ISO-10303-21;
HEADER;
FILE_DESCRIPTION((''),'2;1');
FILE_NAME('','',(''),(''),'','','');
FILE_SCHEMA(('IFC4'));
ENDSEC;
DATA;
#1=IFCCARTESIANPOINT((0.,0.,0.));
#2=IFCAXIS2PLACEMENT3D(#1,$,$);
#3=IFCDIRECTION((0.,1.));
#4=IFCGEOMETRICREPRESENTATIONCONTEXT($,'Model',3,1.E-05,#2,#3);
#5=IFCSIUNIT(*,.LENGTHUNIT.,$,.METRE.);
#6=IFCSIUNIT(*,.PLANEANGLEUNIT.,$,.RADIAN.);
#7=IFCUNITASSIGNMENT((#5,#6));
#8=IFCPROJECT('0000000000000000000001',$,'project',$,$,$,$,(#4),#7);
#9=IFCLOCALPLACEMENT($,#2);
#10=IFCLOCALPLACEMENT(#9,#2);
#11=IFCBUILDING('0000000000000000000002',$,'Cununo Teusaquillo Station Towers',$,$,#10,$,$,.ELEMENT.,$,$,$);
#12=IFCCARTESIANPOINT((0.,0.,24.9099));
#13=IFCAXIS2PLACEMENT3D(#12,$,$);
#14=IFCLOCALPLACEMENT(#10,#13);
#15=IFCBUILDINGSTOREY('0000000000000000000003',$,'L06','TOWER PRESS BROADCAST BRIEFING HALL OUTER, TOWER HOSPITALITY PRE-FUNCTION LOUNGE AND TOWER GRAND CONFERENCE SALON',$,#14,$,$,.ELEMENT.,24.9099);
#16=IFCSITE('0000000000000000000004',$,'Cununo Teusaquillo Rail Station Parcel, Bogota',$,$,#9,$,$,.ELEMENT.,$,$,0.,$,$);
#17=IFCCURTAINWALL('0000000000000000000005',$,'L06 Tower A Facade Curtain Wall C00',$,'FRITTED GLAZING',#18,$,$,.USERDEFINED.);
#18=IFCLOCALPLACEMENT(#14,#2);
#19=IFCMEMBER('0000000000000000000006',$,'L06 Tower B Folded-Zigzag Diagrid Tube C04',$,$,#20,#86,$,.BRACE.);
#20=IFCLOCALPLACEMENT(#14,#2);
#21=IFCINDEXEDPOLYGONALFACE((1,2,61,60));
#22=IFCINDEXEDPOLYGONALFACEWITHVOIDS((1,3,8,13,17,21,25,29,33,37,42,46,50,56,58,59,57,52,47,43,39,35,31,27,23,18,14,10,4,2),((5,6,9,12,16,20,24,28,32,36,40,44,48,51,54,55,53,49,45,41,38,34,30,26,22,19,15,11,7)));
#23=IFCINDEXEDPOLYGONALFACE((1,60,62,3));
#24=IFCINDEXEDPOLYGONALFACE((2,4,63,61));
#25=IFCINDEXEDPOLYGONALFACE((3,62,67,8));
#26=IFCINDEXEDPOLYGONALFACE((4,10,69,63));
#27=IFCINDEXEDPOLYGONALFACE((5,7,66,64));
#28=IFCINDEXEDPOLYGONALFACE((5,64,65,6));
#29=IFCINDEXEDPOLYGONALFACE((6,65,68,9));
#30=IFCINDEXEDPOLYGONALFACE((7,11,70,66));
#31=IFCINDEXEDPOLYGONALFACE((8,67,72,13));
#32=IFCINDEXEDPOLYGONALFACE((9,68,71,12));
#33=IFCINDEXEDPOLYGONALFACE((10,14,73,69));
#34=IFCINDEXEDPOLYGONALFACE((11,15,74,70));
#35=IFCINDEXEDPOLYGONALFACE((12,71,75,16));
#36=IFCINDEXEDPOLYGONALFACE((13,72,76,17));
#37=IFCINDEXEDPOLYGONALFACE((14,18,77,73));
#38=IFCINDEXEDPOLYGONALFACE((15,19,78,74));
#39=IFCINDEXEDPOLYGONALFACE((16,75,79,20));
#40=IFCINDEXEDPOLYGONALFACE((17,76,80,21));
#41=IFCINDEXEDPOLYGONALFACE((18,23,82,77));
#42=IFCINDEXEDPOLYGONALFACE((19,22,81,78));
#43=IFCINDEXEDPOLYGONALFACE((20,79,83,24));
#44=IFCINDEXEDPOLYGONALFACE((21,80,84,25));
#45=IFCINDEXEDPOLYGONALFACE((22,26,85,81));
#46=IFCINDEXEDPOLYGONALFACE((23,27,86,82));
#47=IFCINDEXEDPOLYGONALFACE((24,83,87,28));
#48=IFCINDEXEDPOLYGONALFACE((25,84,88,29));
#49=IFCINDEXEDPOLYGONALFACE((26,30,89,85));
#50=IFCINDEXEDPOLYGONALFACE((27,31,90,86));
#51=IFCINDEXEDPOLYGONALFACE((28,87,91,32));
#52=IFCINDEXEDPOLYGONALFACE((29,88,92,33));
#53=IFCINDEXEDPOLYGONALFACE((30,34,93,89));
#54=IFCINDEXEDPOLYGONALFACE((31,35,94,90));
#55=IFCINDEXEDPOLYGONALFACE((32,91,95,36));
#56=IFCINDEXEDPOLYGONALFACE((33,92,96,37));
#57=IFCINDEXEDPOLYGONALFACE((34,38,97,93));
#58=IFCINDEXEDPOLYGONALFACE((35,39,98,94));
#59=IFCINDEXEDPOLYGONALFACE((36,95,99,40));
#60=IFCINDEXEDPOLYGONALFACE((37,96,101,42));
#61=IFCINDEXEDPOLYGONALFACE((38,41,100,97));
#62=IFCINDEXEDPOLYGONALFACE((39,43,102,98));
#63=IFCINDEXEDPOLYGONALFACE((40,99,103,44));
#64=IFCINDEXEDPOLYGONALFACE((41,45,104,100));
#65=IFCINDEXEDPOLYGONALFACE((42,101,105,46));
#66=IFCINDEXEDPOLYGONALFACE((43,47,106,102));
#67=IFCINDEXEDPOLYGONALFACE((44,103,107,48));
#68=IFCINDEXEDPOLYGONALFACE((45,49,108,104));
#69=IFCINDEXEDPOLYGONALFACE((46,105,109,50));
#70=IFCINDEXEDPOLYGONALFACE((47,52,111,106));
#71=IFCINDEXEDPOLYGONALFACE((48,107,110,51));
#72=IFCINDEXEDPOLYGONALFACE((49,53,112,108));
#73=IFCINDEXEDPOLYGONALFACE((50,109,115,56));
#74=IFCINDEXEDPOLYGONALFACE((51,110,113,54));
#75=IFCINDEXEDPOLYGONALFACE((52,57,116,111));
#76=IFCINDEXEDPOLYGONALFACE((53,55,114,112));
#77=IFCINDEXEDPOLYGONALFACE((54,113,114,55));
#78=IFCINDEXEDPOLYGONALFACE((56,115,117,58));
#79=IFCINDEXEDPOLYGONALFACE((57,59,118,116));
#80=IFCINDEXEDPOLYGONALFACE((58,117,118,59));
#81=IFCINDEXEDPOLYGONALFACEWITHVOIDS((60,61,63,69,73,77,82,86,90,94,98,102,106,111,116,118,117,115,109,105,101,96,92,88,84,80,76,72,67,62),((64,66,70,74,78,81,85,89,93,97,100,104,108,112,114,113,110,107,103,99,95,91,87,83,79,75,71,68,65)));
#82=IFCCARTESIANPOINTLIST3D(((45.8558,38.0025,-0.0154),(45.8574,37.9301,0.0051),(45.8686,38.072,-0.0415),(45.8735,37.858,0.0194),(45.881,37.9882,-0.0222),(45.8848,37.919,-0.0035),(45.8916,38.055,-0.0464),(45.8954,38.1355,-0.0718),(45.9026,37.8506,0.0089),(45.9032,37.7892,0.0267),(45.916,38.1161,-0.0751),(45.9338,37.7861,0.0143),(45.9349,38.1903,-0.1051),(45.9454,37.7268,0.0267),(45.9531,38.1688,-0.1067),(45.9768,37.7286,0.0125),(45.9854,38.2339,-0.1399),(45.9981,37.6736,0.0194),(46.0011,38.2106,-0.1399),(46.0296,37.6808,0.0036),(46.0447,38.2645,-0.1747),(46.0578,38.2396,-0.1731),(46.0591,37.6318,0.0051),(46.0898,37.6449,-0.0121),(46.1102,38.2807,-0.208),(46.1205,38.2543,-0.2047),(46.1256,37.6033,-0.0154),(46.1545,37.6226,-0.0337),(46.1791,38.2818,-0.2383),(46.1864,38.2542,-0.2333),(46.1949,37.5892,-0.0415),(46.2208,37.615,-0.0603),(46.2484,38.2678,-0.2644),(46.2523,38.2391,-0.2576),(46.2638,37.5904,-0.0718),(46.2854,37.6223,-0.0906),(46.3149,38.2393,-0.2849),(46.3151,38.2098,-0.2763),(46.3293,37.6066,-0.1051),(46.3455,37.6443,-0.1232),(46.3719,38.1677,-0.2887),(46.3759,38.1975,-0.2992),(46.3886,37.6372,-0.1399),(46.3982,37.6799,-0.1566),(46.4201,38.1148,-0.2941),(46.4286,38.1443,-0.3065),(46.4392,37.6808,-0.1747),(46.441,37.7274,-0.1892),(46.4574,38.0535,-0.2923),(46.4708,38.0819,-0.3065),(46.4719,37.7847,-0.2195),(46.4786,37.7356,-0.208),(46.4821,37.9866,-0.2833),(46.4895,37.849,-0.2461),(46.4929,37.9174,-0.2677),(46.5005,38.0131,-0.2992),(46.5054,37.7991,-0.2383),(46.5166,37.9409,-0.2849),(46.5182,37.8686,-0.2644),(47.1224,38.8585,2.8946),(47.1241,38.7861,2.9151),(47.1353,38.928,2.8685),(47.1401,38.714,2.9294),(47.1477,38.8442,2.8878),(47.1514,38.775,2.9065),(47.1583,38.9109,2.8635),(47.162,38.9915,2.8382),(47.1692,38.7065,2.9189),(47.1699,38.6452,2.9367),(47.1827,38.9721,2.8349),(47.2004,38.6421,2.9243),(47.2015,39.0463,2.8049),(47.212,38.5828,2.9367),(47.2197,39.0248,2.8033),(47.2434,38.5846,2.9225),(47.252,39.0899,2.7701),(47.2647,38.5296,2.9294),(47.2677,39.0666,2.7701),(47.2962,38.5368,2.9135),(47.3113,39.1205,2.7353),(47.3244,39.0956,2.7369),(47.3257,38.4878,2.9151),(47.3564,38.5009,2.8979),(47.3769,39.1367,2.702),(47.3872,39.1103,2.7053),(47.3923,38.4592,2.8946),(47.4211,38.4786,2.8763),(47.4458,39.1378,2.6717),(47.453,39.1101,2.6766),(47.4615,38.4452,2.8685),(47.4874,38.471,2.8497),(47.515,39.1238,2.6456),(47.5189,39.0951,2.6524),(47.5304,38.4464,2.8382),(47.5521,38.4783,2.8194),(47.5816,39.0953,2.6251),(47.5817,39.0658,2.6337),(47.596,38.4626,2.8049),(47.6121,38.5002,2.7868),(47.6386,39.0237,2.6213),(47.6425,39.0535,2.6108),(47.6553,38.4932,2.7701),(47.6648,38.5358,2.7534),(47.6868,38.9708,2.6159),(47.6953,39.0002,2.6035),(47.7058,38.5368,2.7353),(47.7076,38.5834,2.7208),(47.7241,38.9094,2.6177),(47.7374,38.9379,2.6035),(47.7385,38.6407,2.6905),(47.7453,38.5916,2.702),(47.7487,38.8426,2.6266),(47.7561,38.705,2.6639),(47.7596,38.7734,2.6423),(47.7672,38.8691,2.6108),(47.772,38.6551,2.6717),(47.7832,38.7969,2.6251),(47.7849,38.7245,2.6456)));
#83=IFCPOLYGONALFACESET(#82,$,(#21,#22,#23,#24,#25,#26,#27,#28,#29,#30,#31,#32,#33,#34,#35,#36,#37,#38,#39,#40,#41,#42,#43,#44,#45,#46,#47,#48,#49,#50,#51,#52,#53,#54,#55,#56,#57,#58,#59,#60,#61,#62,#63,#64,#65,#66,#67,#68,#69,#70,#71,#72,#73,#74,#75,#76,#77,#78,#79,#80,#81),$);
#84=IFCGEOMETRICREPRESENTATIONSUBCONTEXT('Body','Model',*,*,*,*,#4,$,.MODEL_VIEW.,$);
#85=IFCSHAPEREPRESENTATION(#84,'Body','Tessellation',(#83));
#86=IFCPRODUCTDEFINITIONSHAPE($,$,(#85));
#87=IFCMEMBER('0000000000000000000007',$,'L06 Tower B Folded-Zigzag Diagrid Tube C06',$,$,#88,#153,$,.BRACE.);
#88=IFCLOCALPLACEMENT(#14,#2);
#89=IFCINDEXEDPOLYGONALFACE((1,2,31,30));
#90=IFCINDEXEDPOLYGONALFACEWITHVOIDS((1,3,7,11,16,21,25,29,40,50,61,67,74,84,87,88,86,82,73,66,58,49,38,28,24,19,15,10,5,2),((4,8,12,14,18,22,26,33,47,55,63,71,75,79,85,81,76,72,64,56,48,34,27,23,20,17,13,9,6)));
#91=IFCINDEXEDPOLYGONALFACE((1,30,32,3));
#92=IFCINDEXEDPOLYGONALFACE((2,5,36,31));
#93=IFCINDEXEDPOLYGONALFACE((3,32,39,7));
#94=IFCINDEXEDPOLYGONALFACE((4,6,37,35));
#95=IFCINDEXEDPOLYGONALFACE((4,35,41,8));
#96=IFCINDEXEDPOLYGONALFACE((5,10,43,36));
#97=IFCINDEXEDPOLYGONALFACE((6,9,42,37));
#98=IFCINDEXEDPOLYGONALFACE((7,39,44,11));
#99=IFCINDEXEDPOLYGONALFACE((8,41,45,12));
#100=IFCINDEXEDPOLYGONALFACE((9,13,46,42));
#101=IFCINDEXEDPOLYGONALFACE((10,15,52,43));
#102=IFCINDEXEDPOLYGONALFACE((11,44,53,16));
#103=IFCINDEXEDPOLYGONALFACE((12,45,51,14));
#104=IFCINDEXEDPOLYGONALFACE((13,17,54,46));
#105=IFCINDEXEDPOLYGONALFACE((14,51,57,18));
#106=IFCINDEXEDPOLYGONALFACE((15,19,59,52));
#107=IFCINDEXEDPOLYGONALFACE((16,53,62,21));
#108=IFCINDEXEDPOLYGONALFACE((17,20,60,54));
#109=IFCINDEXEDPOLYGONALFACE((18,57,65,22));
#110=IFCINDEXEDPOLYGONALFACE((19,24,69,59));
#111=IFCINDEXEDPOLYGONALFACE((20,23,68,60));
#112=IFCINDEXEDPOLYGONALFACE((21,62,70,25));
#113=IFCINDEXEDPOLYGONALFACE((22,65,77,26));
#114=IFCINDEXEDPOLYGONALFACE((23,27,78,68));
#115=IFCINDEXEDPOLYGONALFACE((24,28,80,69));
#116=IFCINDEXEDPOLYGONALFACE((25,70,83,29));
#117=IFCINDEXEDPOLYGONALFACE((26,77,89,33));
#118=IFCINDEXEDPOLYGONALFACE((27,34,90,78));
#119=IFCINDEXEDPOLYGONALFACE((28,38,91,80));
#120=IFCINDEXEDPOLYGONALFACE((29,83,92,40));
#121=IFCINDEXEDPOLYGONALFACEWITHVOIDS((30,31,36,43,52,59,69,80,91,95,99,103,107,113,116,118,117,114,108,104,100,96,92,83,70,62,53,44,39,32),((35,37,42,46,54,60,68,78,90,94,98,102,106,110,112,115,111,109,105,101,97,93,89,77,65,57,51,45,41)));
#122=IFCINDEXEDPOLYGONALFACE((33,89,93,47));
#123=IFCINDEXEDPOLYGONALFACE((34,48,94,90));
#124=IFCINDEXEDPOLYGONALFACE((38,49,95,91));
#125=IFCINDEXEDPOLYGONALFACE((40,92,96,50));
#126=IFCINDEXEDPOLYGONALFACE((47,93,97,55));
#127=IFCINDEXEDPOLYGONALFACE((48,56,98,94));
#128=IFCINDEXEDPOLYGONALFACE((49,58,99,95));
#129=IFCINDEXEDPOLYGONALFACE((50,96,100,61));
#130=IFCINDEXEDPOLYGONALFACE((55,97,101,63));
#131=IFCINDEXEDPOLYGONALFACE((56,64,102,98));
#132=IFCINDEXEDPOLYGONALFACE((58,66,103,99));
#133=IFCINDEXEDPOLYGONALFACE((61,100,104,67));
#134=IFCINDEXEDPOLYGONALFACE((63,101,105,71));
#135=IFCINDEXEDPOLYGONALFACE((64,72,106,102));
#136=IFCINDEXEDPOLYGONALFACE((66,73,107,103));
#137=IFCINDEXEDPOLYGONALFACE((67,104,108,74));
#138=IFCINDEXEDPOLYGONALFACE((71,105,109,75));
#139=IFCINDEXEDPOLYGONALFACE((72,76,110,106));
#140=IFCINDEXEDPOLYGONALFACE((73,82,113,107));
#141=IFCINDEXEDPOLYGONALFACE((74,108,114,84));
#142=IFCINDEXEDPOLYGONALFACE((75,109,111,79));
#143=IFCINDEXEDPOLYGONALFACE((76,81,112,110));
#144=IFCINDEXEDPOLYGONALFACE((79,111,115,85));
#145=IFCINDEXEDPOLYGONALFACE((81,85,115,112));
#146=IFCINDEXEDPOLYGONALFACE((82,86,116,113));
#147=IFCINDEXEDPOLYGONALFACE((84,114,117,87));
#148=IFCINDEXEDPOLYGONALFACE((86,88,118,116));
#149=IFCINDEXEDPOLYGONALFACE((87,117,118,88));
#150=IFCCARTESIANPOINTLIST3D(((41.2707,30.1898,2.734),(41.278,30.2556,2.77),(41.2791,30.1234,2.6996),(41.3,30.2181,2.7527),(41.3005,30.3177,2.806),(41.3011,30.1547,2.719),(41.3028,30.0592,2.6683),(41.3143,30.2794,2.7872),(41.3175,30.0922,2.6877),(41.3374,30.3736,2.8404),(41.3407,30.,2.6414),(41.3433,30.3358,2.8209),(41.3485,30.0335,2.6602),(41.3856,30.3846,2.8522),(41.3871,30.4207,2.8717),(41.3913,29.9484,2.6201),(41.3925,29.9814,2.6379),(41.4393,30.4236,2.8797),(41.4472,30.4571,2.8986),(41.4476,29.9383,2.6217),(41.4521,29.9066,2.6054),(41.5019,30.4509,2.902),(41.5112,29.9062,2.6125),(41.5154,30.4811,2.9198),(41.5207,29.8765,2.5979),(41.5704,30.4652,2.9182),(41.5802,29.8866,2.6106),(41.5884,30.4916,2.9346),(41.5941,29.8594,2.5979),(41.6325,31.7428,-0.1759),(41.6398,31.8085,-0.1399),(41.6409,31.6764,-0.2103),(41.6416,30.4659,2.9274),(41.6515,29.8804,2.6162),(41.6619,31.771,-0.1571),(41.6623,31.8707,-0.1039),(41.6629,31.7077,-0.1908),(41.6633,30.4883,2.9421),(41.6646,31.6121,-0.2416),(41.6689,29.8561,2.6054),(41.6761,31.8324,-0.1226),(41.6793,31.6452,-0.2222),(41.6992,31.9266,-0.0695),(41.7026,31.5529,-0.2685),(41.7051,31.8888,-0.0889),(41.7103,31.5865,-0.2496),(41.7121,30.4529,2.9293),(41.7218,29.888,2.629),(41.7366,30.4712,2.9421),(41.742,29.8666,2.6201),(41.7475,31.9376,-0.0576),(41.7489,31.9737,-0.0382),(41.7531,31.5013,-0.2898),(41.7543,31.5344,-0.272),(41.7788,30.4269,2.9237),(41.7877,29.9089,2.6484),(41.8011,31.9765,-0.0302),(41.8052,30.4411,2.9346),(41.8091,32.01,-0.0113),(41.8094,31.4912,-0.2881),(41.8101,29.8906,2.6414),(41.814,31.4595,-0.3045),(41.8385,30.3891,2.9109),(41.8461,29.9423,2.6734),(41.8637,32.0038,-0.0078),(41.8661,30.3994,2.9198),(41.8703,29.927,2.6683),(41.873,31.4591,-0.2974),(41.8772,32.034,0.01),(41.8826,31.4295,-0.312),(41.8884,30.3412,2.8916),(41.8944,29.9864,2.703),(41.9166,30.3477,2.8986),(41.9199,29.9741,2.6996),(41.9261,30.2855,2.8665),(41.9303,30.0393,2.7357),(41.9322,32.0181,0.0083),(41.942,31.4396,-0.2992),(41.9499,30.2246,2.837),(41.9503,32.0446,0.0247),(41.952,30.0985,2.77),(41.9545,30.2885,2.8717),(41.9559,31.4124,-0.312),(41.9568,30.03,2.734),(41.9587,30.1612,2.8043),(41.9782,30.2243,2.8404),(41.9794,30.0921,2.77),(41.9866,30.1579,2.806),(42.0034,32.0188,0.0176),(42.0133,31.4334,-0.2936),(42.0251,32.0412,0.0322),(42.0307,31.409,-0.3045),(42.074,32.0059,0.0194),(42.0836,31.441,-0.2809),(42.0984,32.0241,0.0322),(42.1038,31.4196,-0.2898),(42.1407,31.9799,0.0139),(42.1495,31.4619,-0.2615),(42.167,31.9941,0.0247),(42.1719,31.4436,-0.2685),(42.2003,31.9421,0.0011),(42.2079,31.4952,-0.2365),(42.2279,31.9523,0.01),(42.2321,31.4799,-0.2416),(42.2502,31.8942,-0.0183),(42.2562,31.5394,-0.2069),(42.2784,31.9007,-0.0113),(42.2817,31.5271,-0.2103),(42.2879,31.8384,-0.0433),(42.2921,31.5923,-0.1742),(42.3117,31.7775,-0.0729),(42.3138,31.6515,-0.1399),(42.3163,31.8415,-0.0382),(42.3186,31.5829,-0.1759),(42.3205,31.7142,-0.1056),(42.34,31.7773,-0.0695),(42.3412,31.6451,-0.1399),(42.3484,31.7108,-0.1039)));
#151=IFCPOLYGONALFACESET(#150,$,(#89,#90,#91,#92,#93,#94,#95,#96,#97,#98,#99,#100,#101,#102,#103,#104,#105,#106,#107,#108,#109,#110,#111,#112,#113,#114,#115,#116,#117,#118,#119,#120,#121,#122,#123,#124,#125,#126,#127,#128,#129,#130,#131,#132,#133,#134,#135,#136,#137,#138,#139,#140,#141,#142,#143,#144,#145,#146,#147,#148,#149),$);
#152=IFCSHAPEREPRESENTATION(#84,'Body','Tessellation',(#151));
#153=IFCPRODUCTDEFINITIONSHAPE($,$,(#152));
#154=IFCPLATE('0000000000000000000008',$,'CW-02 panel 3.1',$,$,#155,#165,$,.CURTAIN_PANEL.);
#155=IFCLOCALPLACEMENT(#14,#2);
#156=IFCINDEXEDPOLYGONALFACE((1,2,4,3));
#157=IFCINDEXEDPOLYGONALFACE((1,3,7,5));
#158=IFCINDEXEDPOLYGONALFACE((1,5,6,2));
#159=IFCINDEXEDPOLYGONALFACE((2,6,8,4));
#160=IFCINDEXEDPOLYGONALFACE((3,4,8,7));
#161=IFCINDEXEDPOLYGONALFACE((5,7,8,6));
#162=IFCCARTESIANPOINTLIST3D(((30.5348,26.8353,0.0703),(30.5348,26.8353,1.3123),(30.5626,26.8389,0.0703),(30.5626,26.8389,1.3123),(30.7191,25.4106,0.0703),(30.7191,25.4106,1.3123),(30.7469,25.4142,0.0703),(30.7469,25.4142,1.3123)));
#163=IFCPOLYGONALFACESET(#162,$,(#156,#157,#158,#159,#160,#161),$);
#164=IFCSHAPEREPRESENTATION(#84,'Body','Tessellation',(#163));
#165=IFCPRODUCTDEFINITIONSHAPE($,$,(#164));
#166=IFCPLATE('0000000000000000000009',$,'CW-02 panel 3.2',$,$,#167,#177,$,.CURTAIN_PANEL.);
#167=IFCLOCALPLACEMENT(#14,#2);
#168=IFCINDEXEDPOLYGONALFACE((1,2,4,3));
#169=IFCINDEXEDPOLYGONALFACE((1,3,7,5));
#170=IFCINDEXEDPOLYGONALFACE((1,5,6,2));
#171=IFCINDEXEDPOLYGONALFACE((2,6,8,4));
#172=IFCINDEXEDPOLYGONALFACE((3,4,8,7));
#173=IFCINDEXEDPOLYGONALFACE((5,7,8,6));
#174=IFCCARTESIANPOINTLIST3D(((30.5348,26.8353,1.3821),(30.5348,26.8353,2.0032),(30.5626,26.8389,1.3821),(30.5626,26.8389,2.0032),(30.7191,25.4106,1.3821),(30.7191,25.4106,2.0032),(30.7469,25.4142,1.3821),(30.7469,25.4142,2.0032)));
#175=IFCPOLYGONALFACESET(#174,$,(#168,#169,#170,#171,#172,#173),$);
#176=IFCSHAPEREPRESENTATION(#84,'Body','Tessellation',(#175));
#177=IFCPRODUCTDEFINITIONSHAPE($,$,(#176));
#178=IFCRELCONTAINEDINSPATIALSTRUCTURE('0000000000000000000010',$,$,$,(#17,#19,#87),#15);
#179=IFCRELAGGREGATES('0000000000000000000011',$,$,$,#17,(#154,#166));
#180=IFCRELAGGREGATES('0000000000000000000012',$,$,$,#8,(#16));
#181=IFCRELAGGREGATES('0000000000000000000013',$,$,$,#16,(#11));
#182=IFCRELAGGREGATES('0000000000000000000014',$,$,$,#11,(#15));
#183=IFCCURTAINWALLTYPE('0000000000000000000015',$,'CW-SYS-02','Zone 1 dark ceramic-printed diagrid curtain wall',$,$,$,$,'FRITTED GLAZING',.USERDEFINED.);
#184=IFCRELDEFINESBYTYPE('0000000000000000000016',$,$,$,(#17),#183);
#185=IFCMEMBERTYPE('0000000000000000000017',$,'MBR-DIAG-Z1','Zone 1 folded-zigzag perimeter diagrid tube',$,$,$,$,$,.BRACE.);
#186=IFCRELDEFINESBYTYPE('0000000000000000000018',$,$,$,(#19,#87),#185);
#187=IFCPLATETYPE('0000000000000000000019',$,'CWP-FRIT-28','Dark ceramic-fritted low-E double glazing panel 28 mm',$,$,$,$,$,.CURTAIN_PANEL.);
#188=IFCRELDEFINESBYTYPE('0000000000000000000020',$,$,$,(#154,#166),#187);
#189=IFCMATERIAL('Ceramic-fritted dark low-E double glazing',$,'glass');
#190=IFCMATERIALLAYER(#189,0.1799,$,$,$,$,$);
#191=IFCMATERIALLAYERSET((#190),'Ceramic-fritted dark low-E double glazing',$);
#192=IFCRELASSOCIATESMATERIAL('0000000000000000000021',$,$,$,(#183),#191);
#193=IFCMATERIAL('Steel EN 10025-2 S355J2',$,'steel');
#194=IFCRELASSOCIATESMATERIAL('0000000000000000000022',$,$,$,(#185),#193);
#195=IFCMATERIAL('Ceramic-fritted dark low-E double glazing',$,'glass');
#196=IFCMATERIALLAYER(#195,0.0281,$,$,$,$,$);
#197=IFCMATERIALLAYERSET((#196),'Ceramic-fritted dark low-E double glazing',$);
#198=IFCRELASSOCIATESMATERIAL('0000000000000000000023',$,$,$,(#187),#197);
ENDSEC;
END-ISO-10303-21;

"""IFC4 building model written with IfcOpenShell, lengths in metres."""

from ifc_helpers import new_model, si_unit, direction, frame, origin, origin_2d, place, context, subcontext, project, spatial, rectangle, hollow_circle, extrude, source, transform, mapped, material, layer, layer_set, material_profile, profile_set, type_object, element, aggregate, save


model = new_model("IFC4")

# Units and contexts
model_context = context("Model", 3, precision=1e-05, world=origin(), true_north=direction((0.0, 1.0)))
body_context = subcontext(model_context, "Body", "Model", "MODEL_VIEW")
ifc_project = project(units=[si_unit("LENGTHUNIT", "METRE"), si_unit("PLANEANGLEUNIT", "RADIAN")], contexts=[model_context])

# Site, building, storey
site_placement = place(None, origin())
site = spatial("IfcSite", under=ifc_project, at=site_placement, Name="Cununo Teusaquillo Rail Station Parcel, Bogota", CompositionType="ELEMENT", RefElevation=0.0)
building_placement = place(site_placement, origin())
building = spatial("IfcBuilding", under=site, at=building_placement, Name="Cununo Teusaquillo Station Towers", CompositionType="ELEMENT")
storey_placement = place(building_placement, frame((0.0, 0.0, 24.9099)))
storey = spatial("IfcBuildingStorey", under=building, at=storey_placement, Name="L06", Description="TOWER PRESS BROADCAST BRIEFING HALL OUTER, TOWER HOSPITALITY PRE-FUNCTION LOUNGE AND TOWER GRAND CONFERENCE SALON", CompositionType="ELEMENT", Elevation=24.9099)

# Curtain wall
ifc_material_1 = material(Name="Ceramic-fritted dark low-E double glazing", Category="glass")
ifc_layer_1 = layer(ifc_material_1, 0.1799)
ifc_layer_set_1 = layer_set([ifc_layer_1], Name="Ceramic-fritted dark low-E double glazing")
curtain_wall_type = type_object("IfcCurtainWallType", Name="CW-SYS-02", Description="Zone 1 dark ceramic-printed diagrid curtain wall", ElementType="FRITTED GLAZING", PredefinedType="USERDEFINED", material=ifc_layer_set_1)
curtain_wall_placement = place(storey_placement, origin())
curtain_wall = element("IfcCurtainWall", 1, at=curtain_wall_placement, inside=storey, type_object=curtain_wall_type, Name="L06 Tower A Facade Curtain Wall C00", ObjectType="FRITTED GLAZING", PredefinedType="USERDEFINED")

# Members
ifc_material_2 = material(Name="Steel EN 10025-2 S355J2", Category="steel")
ifc_material_profile_1 = material_profile(ifc_material_2, hollow_circle(Radius=0.3601, WallThickness=0.0281, at=origin_2d()), Name="CHS 720x28")
ifc_profile_set_1 = profile_set([ifc_material_profile_1], Name="Steel EN 10025-2 S355J2")
member_type_1 = type_object("IfcMemberType", Name="MBR-DIAG-Z1", Description="Zone 1 folded-zigzag perimeter diagrid tube", PredefinedType="BRACE", material=ifc_profile_set_1)
member_1_placement = place(storey_placement, frame((46.187, 37.9355, -0.1399), z_axis=(0.385334, 0.260405, 0.885272), x_axis=(-0.559923, 0.828545, 0.0)))
element("IfcMember", 2, at=member_1_placement, inside=storey, type_object=member_type_1, Name="L06 Tower B Folded-Zigzag Diagrid Tube C04", PredefinedType="BRACE", context=body_context, shape_type="SweptSolid", body=[
    extrude(hollow_circle(Radius=0.3601, WallThickness=0.0281, at=origin_2d()), origin(), (0.0, 0.0, 1.0), 3.2871),
])
member_2_placement = place(storey_placement, frame((41.9905, 31.7268, -0.1399), z_axis=(-0.109041, -0.468023, 0.876963), x_axis=(0.973917, -0.226905, 0.0)))
element("IfcMember", 3, at=member_2_placement, inside=storey, type_object=member_type_1, Name="L06 Tower B Folded-Zigzag Diagrid Tube C06", PredefinedType="BRACE", context=body_context, shape_type="SweptSolid", body=[
    extrude(hollow_circle(Radius=0.3601, WallThickness=0.0281, at=origin_2d()), origin(), (0.0, 0.0, 1.0), 3.3181),
])

# Plates
ifc_material_3 = material(Name="Ceramic-fritted dark low-E double glazing", Category="glass")
ifc_layer_2 = layer(ifc_material_3, 0.0281)
ifc_layer_set_2 = layer_set([ifc_layer_2], Name="Ceramic-fritted dark low-E double glazing")
plate_type = type_object("IfcPlateType", Name="CWP-FRIT-28", Description="Dark ceramic-fritted low-E double glazing panel 28 mm", PredefinedType="CURTAIN_PANEL", material=ifc_layer_set_2)
shared_shape_1 = source(origin(), body_context, "Body", "SweptSolid", [
    extrude(rectangle(XDim=1.4365, YDim=0.0281, at=origin_2d()), origin(), (0.0, 0.0, 1.0), 1.2419),
])
plate_1_placement = place(storey_placement, frame((30.6409, 26.1248, 0.0703), z_axis=(0.0, 0.0, 1.0), x_axis=(0.128292, -0.991736, 0.0)))
plate_1 = element("IfcPlate", 4, at=plate_1_placement, type_object=plate_type, Name="CW-02 panel 3.1", PredefinedType="CURTAIN_PANEL", context=body_context, shape_type="MappedRepresentation", body=[
    mapped(shared_shape_1, transform((0.0, 0.0, 0.0), x_axis=(1.0, 0.0, 0.0), y_axis=(0.0, 1.0, 0.0), z_axis=(0.0, 0.0, 1.0), scale=1.0)),
])
shared_shape_2 = source(origin(), body_context, "Body", "SweptSolid", [
    extrude(rectangle(XDim=1.4365, YDim=0.0281, at=origin_2d()), origin(), (0.0, 0.0, 1.0), 0.6211),
])
plate_2_placement = place(storey_placement, frame((30.6409, 26.1248, 1.3821), z_axis=(0.0, 0.0, 1.0), x_axis=(0.128292, -0.991736, 0.0)))
plate_2 = element("IfcPlate", 5, at=plate_2_placement, type_object=plate_type, Name="CW-02 panel 3.2", PredefinedType="CURTAIN_PANEL", context=body_context, shape_type="MappedRepresentation", body=[
    mapped(shared_shape_2, transform((0.0, 0.0, 0.0), x_axis=(1.0, 0.0, 0.0), y_axis=(0.0, 1.0, 0.0), z_axis=(0.0, 0.0, 1.0), scale=1.0)),
])
aggregate(curtain_wall, [plate_1, plate_2])

save(model, "model.ifc")
